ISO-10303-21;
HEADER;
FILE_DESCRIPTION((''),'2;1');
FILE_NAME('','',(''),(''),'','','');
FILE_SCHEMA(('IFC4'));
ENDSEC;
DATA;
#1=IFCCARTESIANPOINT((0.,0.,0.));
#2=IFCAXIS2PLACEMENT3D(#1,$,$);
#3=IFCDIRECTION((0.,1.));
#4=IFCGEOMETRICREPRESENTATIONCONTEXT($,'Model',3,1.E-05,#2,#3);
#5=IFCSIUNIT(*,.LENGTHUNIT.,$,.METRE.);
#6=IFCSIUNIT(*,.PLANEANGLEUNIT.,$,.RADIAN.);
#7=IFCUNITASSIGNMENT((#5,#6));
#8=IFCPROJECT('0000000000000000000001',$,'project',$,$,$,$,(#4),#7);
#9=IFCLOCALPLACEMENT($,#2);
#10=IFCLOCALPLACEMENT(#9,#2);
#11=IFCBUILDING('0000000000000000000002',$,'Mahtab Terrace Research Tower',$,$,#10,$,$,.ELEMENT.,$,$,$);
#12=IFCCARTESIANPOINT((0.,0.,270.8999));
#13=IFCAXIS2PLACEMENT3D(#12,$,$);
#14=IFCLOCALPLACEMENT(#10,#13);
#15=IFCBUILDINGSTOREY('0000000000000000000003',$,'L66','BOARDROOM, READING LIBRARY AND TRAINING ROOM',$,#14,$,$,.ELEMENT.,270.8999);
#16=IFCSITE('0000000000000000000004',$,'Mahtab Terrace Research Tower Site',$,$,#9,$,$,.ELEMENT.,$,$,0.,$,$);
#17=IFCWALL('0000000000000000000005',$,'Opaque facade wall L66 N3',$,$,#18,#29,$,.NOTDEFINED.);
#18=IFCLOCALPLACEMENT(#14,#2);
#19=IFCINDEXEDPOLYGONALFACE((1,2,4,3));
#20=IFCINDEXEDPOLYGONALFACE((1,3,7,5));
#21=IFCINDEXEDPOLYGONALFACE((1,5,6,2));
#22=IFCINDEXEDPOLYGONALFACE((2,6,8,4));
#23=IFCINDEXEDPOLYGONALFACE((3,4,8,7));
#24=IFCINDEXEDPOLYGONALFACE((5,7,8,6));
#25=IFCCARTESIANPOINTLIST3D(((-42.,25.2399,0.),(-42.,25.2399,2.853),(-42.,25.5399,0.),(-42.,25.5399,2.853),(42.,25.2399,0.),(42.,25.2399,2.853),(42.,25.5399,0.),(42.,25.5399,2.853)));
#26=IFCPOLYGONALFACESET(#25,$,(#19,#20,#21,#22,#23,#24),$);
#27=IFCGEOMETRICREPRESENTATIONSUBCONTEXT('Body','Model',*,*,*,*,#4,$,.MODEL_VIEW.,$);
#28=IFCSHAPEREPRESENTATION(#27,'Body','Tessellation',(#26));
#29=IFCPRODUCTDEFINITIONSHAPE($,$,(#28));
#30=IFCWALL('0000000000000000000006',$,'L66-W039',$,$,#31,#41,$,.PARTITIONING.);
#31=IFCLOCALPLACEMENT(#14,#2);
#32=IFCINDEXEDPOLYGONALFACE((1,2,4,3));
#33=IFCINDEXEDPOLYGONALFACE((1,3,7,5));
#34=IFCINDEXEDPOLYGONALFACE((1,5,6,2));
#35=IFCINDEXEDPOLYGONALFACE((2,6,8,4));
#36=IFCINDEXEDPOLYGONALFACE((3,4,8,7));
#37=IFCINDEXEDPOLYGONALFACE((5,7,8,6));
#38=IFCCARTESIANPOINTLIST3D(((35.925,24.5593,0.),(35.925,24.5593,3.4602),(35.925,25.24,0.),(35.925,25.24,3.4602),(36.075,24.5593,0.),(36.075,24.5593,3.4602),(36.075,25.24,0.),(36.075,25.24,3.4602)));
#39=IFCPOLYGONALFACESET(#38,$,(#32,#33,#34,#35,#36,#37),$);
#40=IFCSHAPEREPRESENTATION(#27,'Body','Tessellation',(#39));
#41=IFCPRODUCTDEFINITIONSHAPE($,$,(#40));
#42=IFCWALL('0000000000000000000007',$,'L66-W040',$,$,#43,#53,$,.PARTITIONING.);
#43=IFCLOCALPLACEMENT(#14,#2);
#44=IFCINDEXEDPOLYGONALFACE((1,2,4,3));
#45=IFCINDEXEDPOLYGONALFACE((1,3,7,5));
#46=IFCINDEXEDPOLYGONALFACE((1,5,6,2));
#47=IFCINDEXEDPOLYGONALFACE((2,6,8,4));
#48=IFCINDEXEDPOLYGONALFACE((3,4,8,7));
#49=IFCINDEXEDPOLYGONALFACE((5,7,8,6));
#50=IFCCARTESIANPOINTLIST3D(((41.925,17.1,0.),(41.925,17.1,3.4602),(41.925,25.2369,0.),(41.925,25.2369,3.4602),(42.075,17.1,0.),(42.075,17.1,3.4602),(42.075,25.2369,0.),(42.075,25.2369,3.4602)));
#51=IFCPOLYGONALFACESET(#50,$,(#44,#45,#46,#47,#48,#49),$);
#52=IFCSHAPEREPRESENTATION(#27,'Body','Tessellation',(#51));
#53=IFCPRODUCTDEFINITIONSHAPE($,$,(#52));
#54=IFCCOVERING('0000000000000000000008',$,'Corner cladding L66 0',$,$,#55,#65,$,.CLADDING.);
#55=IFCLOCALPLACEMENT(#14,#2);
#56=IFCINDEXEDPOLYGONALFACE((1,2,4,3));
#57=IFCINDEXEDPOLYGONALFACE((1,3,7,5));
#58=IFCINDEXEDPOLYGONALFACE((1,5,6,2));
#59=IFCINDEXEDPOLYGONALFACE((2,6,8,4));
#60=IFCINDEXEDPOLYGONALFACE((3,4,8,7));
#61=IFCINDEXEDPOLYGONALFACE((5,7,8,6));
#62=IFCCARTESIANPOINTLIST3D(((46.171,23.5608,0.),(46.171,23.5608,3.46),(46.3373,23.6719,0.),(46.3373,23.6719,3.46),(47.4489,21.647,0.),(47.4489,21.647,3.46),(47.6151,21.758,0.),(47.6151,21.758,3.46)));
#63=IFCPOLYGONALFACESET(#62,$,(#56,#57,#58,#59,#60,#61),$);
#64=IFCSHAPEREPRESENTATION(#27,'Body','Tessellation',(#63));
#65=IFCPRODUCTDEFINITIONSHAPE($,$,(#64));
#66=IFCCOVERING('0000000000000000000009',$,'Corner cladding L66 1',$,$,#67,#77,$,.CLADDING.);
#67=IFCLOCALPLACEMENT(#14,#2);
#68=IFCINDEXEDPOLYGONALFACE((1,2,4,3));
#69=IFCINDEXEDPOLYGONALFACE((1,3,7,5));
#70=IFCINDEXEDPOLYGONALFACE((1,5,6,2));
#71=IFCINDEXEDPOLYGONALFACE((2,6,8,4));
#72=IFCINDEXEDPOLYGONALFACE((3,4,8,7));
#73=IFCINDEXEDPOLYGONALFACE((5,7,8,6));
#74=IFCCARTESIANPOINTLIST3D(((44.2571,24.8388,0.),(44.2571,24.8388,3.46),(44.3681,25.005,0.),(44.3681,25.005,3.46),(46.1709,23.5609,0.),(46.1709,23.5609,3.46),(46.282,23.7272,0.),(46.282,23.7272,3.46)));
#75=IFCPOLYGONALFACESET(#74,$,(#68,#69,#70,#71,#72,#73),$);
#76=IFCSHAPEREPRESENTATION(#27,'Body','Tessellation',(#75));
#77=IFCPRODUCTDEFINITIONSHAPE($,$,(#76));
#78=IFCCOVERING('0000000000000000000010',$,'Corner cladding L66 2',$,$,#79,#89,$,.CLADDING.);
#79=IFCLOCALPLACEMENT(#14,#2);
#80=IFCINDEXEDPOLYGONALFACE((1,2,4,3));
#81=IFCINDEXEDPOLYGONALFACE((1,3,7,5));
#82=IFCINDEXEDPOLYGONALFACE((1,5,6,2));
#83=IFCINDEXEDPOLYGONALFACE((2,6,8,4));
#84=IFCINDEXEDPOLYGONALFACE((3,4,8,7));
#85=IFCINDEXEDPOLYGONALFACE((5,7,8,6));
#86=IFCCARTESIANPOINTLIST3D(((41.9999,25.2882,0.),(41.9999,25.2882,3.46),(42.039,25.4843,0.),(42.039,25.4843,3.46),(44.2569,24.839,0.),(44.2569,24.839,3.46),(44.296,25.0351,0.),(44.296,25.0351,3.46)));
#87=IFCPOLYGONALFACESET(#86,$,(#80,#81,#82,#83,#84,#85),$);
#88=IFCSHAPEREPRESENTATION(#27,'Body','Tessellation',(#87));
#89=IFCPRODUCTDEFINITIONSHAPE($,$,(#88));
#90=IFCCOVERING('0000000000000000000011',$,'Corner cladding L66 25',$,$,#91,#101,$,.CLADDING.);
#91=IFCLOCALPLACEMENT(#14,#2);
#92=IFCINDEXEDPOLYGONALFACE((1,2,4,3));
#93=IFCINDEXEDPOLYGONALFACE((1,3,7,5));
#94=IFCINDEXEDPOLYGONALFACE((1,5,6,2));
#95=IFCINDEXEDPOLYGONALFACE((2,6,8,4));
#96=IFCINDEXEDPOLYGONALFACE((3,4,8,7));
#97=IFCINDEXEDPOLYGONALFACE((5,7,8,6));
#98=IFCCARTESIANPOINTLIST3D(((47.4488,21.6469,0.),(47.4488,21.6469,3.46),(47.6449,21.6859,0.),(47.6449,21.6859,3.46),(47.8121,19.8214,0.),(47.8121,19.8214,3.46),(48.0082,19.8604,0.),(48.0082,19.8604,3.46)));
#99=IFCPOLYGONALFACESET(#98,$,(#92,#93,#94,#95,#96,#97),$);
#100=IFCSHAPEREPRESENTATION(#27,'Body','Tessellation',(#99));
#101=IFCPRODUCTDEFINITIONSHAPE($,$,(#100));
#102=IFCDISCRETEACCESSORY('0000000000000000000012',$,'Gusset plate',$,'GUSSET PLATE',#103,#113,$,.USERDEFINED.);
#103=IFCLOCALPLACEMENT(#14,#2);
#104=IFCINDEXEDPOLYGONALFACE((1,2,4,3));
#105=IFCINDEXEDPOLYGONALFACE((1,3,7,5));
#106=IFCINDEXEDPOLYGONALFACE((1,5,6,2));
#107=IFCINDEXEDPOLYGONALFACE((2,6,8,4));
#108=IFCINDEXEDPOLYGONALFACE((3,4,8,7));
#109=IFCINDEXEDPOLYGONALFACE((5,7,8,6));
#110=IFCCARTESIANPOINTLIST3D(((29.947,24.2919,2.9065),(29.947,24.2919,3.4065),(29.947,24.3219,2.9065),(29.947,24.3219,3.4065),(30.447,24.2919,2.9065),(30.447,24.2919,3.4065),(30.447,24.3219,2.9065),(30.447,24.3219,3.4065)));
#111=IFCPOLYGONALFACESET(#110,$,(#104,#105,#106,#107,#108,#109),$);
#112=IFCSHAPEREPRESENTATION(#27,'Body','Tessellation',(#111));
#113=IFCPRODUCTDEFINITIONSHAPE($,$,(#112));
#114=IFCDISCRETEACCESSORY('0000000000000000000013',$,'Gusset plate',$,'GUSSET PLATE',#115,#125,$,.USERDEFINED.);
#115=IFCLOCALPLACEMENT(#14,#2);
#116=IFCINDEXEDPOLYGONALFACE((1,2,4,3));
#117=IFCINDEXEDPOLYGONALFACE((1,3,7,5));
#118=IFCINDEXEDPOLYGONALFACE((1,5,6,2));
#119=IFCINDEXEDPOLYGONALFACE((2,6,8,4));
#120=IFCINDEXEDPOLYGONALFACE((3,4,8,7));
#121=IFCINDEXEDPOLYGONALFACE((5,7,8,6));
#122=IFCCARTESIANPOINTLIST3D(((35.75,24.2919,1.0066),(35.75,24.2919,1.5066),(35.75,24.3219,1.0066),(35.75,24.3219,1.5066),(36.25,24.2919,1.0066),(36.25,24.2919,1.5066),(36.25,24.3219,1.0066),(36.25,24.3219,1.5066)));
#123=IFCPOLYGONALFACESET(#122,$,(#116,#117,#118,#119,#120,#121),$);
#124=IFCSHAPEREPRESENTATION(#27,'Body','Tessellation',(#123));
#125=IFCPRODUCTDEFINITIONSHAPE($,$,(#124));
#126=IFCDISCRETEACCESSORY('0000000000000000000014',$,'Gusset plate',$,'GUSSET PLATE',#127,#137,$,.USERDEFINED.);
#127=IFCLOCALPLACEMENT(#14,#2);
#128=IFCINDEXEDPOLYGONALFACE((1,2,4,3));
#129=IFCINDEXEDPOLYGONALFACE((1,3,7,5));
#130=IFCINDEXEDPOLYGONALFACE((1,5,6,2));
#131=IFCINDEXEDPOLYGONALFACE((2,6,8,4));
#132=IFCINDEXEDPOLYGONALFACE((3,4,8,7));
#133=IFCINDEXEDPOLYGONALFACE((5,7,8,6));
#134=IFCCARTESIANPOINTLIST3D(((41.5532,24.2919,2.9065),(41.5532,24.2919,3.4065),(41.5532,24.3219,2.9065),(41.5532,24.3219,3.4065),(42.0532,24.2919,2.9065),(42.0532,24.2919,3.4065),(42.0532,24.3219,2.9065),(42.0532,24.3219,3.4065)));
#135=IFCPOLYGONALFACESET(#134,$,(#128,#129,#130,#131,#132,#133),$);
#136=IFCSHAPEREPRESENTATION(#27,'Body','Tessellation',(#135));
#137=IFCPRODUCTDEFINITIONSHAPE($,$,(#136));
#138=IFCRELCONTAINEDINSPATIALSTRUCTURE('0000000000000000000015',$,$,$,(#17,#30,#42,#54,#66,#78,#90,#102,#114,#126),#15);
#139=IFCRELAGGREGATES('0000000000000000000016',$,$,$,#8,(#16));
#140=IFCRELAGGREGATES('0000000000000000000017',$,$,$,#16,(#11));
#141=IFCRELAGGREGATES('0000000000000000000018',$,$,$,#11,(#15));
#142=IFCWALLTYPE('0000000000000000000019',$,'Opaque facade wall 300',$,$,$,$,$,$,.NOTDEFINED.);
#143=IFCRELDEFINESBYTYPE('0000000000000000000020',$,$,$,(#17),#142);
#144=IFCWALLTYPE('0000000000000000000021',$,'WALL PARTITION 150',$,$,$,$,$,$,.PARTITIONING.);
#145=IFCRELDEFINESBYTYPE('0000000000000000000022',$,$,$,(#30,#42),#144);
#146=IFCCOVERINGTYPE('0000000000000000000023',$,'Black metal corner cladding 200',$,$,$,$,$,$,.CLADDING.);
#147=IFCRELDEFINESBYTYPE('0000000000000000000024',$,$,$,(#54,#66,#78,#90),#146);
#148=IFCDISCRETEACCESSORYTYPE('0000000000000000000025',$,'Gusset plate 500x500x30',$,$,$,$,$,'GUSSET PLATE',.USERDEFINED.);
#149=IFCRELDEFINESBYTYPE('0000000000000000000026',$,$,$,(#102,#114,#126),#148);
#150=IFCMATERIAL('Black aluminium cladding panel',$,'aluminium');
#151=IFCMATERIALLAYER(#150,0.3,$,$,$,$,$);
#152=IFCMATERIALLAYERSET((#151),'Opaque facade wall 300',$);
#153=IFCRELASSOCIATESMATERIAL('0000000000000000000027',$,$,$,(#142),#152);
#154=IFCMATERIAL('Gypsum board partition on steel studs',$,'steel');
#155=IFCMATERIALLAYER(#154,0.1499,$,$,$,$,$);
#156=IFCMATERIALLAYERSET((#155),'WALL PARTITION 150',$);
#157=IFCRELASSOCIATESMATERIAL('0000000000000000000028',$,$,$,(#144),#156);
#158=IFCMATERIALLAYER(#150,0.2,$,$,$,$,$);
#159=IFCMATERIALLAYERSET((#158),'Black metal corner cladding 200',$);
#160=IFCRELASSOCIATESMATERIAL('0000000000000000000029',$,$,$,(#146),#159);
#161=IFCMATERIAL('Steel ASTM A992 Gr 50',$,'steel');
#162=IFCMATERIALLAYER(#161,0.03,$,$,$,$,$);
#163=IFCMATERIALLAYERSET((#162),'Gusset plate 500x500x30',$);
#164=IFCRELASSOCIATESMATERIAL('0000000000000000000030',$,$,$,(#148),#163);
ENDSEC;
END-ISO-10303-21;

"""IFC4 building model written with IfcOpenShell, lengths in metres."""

from ifc_helpers import new_model, si_unit, direction, frame, frame_2d, origin, origin_2d, place, context, subcontext, project, spatial, rectangle, extrude, material, layer, layer_set, type_object, element, save


model = new_model("IFC4")

# Units and contexts
model_context = context("Model", 3, precision=1e-05, world=origin(), true_north=direction((0.0, 1.0)))
body_context = subcontext(model_context, "Body", "Model", "MODEL_VIEW")
ifc_project = project(units=[si_unit("LENGTHUNIT", "METRE"), si_unit("PLANEANGLEUNIT", "RADIAN")], contexts=[model_context])

# Site, building, storey
site_placement = place(None, origin())
site = spatial("IfcSite", under=ifc_project, at=site_placement, Name="Mahtab Terrace Research Tower Site", CompositionType="ELEMENT", RefElevation=0.0)
building_placement = place(site_placement, origin())
building = spatial("IfcBuilding", under=site, at=building_placement, Name="Mahtab Terrace Research Tower", CompositionType="ELEMENT")
storey_placement = place(building_placement, frame((0.0, 0.0, 270.8999)))
storey = spatial("IfcBuildingStorey", under=building, at=storey_placement, Name="L66", Description="BOARDROOM, READING LIBRARY AND TRAINING ROOM", CompositionType="ELEMENT", Elevation=270.8999)

# Shared definitions
ifc_material_1 = material(Name="Steel ASTM A992 Gr 50", Category="steel")

# Walls
ifc_material_2 = material(Name="Black aluminium cladding panel", Category="aluminium")
ifc_layer_1 = layer(ifc_material_2, 0.3)
ifc_layer_set_1 = layer_set([ifc_layer_1], Name="Opaque facade wall 300")
wall_type_1 = type_object("IfcWallType", Name="Opaque facade wall 300", PredefinedType="NOTDEFINED", material=ifc_layer_set_1)
wall_1_placement = place(storey_placement, frame((42.0, 25.3899, 0.0), z_axis=(0.0, 0.0, 1.0), x_axis=(-1.0, 0.0, 0.0)))
element("IfcWall", 1, at=wall_1_placement, inside=storey, type_object=wall_type_1, Name="Opaque facade wall L66 N3", PredefinedType="NOTDEFINED", context=body_context, shape_type="SweptSolid", body=[
    extrude(rectangle(XDim=84.0, YDim=0.3, at=frame_2d((42.0, 0.0))), origin(), (0.0, 0.0, 1.0), 2.853),
])
ifc_material_3 = material(Name="Gypsum board partition on steel studs", Category="steel")
ifc_layer_2 = layer(ifc_material_3, 0.1499)
ifc_layer_set_2 = layer_set([ifc_layer_2], Name="WALL PARTITION 150")
wall_type_2 = type_object("IfcWallType", Name="WALL PARTITION 150", PredefinedType="PARTITIONING", material=ifc_layer_set_2)
wall_2_placement = place(storey_placement, frame((36.0, 24.5593, 0.0), z_axis=(0.0, 0.0, 1.0), x_axis=(0.0, 1.0, 0.0)))
element("IfcWall", 2, at=wall_2_placement, inside=storey, type_object=wall_type_2, Name="L66-W039", PredefinedType="PARTITIONING", context=body_context, shape_type="SweptSolid", body=[
    extrude(rectangle(XDim=0.6807, YDim=0.1499, at=frame_2d((0.3403, 0.0))), origin(), (0.0, 0.0, 1.0), 3.4602),
])
wall_3_placement = place(storey_placement, frame((42.0, 17.1001, 0.0), z_axis=(0.0, 0.0, 1.0), x_axis=(0.0, 1.0, 0.0)))
element("IfcWall", 3, at=wall_3_placement, inside=storey, type_object=wall_type_2, Name="L66-W040", PredefinedType="PARTITIONING", context=body_context, shape_type="SweptSolid", body=[
    extrude(rectangle(XDim=8.137, YDim=0.1499, at=frame_2d((4.0684, 0.0))), origin(), (0.0, 0.0, 1.0), 3.4602),
])

# Coverings
ifc_layer_3 = layer(ifc_material_2, 0.2)
ifc_layer_set_3 = layer_set([ifc_layer_3], Name="Black metal corner cladding 200")
covering_type = type_object("IfcCoveringType", Name="Black metal corner cladding 200", PredefinedType="CLADDING", material=ifc_layer_set_3)
for number, where, z_axis, x_axis, name in (
    (4, (46.8931, 22.6594, 0.0), (0.0, 0.0, 1.0), (-0.555291, 0.831656, 0.0), "Corner cladding L66 0"),
    (5, (45.2695, 24.283, 0.0), (0.0, 0.0, 1.0), (-0.831656, 0.555291, 0.0), "Corner cladding L66 1"),
    (6, (43.1479, 25.1616, 0.0), (0.0, 0.0, 1.0), (-0.980761, 0.195212, 0.0), "Corner cladding L66 2"),
):
    element("IfcCovering", number, at=place(storey_placement, frame(where, z_axis=z_axis, x_axis=x_axis)), inside=storey, type_object=covering_type, Name=name, PredefinedType="CLADDING", context=body_context, shape_type="SweptSolid", body=[
        extrude(rectangle(XDim=2.3013, YDim=0.2, at=origin_2d()), origin(), (0.0, 0.0, 1.0), 3.46),
    ])
covering_placement = place(storey_placement, frame((47.7285, 20.7537, 0.0), z_axis=(0.0, 0.0, 1.0), x_axis=(-0.195212, 0.980761, 0.0)))
element("IfcCovering", 7, at=covering_placement, inside=storey, type_object=covering_type, Name="Corner cladding L66 25", PredefinedType="CLADDING", context=body_context, shape_type="SweptSolid", body=[
    extrude(rectangle(XDim=1.8613, YDim=0.2, at=origin_2d()), origin(), (0.0, 0.0, 1.0), 3.46),
])

# Discrete accessories
ifc_layer_4 = layer(ifc_material_1, 0.03)
ifc_layer_set_4 = layer_set([ifc_layer_4], Name="Gusset plate 500x500x30")
discrete_accessory_type = type_object("IfcDiscreteAccessoryType", Name="Gusset plate 500x500x30", ElementType="GUSSET PLATE", PredefinedType="USERDEFINED", material=ifc_layer_set_4)
for number, where, z_axis, x_axis, name in (
    (8, (30.197, 24.3069, 2.9065), (0.0, 0.0, 1.0), (1.0, 0.0, 0.0), "Gusset plate"),
    (9, (36.0, 24.3069, 1.0066), (0.0, 0.0, 1.0), (1.0, 0.0, 0.0), "Gusset plate"),
    (10, (41.8032, 24.3069, 2.9065), (0.0, 0.0, 1.0), (1.0, 0.0, 0.0), "Gusset plate"),
):
    element("IfcDiscreteAccessory", number, at=place(storey_placement, frame(where, z_axis=z_axis, x_axis=x_axis)), inside=storey, type_object=discrete_accessory_type, Name=name, ObjectType="GUSSET PLATE", PredefinedType="USERDEFINED", context=body_context, shape_type="SweptSolid", body=[
        extrude(rectangle(XDim=0.5, YDim=0.03, at=origin_2d()), origin(), (0.0, 0.0, 1.0), 0.5),
    ])

save(model, "model.ifc")
